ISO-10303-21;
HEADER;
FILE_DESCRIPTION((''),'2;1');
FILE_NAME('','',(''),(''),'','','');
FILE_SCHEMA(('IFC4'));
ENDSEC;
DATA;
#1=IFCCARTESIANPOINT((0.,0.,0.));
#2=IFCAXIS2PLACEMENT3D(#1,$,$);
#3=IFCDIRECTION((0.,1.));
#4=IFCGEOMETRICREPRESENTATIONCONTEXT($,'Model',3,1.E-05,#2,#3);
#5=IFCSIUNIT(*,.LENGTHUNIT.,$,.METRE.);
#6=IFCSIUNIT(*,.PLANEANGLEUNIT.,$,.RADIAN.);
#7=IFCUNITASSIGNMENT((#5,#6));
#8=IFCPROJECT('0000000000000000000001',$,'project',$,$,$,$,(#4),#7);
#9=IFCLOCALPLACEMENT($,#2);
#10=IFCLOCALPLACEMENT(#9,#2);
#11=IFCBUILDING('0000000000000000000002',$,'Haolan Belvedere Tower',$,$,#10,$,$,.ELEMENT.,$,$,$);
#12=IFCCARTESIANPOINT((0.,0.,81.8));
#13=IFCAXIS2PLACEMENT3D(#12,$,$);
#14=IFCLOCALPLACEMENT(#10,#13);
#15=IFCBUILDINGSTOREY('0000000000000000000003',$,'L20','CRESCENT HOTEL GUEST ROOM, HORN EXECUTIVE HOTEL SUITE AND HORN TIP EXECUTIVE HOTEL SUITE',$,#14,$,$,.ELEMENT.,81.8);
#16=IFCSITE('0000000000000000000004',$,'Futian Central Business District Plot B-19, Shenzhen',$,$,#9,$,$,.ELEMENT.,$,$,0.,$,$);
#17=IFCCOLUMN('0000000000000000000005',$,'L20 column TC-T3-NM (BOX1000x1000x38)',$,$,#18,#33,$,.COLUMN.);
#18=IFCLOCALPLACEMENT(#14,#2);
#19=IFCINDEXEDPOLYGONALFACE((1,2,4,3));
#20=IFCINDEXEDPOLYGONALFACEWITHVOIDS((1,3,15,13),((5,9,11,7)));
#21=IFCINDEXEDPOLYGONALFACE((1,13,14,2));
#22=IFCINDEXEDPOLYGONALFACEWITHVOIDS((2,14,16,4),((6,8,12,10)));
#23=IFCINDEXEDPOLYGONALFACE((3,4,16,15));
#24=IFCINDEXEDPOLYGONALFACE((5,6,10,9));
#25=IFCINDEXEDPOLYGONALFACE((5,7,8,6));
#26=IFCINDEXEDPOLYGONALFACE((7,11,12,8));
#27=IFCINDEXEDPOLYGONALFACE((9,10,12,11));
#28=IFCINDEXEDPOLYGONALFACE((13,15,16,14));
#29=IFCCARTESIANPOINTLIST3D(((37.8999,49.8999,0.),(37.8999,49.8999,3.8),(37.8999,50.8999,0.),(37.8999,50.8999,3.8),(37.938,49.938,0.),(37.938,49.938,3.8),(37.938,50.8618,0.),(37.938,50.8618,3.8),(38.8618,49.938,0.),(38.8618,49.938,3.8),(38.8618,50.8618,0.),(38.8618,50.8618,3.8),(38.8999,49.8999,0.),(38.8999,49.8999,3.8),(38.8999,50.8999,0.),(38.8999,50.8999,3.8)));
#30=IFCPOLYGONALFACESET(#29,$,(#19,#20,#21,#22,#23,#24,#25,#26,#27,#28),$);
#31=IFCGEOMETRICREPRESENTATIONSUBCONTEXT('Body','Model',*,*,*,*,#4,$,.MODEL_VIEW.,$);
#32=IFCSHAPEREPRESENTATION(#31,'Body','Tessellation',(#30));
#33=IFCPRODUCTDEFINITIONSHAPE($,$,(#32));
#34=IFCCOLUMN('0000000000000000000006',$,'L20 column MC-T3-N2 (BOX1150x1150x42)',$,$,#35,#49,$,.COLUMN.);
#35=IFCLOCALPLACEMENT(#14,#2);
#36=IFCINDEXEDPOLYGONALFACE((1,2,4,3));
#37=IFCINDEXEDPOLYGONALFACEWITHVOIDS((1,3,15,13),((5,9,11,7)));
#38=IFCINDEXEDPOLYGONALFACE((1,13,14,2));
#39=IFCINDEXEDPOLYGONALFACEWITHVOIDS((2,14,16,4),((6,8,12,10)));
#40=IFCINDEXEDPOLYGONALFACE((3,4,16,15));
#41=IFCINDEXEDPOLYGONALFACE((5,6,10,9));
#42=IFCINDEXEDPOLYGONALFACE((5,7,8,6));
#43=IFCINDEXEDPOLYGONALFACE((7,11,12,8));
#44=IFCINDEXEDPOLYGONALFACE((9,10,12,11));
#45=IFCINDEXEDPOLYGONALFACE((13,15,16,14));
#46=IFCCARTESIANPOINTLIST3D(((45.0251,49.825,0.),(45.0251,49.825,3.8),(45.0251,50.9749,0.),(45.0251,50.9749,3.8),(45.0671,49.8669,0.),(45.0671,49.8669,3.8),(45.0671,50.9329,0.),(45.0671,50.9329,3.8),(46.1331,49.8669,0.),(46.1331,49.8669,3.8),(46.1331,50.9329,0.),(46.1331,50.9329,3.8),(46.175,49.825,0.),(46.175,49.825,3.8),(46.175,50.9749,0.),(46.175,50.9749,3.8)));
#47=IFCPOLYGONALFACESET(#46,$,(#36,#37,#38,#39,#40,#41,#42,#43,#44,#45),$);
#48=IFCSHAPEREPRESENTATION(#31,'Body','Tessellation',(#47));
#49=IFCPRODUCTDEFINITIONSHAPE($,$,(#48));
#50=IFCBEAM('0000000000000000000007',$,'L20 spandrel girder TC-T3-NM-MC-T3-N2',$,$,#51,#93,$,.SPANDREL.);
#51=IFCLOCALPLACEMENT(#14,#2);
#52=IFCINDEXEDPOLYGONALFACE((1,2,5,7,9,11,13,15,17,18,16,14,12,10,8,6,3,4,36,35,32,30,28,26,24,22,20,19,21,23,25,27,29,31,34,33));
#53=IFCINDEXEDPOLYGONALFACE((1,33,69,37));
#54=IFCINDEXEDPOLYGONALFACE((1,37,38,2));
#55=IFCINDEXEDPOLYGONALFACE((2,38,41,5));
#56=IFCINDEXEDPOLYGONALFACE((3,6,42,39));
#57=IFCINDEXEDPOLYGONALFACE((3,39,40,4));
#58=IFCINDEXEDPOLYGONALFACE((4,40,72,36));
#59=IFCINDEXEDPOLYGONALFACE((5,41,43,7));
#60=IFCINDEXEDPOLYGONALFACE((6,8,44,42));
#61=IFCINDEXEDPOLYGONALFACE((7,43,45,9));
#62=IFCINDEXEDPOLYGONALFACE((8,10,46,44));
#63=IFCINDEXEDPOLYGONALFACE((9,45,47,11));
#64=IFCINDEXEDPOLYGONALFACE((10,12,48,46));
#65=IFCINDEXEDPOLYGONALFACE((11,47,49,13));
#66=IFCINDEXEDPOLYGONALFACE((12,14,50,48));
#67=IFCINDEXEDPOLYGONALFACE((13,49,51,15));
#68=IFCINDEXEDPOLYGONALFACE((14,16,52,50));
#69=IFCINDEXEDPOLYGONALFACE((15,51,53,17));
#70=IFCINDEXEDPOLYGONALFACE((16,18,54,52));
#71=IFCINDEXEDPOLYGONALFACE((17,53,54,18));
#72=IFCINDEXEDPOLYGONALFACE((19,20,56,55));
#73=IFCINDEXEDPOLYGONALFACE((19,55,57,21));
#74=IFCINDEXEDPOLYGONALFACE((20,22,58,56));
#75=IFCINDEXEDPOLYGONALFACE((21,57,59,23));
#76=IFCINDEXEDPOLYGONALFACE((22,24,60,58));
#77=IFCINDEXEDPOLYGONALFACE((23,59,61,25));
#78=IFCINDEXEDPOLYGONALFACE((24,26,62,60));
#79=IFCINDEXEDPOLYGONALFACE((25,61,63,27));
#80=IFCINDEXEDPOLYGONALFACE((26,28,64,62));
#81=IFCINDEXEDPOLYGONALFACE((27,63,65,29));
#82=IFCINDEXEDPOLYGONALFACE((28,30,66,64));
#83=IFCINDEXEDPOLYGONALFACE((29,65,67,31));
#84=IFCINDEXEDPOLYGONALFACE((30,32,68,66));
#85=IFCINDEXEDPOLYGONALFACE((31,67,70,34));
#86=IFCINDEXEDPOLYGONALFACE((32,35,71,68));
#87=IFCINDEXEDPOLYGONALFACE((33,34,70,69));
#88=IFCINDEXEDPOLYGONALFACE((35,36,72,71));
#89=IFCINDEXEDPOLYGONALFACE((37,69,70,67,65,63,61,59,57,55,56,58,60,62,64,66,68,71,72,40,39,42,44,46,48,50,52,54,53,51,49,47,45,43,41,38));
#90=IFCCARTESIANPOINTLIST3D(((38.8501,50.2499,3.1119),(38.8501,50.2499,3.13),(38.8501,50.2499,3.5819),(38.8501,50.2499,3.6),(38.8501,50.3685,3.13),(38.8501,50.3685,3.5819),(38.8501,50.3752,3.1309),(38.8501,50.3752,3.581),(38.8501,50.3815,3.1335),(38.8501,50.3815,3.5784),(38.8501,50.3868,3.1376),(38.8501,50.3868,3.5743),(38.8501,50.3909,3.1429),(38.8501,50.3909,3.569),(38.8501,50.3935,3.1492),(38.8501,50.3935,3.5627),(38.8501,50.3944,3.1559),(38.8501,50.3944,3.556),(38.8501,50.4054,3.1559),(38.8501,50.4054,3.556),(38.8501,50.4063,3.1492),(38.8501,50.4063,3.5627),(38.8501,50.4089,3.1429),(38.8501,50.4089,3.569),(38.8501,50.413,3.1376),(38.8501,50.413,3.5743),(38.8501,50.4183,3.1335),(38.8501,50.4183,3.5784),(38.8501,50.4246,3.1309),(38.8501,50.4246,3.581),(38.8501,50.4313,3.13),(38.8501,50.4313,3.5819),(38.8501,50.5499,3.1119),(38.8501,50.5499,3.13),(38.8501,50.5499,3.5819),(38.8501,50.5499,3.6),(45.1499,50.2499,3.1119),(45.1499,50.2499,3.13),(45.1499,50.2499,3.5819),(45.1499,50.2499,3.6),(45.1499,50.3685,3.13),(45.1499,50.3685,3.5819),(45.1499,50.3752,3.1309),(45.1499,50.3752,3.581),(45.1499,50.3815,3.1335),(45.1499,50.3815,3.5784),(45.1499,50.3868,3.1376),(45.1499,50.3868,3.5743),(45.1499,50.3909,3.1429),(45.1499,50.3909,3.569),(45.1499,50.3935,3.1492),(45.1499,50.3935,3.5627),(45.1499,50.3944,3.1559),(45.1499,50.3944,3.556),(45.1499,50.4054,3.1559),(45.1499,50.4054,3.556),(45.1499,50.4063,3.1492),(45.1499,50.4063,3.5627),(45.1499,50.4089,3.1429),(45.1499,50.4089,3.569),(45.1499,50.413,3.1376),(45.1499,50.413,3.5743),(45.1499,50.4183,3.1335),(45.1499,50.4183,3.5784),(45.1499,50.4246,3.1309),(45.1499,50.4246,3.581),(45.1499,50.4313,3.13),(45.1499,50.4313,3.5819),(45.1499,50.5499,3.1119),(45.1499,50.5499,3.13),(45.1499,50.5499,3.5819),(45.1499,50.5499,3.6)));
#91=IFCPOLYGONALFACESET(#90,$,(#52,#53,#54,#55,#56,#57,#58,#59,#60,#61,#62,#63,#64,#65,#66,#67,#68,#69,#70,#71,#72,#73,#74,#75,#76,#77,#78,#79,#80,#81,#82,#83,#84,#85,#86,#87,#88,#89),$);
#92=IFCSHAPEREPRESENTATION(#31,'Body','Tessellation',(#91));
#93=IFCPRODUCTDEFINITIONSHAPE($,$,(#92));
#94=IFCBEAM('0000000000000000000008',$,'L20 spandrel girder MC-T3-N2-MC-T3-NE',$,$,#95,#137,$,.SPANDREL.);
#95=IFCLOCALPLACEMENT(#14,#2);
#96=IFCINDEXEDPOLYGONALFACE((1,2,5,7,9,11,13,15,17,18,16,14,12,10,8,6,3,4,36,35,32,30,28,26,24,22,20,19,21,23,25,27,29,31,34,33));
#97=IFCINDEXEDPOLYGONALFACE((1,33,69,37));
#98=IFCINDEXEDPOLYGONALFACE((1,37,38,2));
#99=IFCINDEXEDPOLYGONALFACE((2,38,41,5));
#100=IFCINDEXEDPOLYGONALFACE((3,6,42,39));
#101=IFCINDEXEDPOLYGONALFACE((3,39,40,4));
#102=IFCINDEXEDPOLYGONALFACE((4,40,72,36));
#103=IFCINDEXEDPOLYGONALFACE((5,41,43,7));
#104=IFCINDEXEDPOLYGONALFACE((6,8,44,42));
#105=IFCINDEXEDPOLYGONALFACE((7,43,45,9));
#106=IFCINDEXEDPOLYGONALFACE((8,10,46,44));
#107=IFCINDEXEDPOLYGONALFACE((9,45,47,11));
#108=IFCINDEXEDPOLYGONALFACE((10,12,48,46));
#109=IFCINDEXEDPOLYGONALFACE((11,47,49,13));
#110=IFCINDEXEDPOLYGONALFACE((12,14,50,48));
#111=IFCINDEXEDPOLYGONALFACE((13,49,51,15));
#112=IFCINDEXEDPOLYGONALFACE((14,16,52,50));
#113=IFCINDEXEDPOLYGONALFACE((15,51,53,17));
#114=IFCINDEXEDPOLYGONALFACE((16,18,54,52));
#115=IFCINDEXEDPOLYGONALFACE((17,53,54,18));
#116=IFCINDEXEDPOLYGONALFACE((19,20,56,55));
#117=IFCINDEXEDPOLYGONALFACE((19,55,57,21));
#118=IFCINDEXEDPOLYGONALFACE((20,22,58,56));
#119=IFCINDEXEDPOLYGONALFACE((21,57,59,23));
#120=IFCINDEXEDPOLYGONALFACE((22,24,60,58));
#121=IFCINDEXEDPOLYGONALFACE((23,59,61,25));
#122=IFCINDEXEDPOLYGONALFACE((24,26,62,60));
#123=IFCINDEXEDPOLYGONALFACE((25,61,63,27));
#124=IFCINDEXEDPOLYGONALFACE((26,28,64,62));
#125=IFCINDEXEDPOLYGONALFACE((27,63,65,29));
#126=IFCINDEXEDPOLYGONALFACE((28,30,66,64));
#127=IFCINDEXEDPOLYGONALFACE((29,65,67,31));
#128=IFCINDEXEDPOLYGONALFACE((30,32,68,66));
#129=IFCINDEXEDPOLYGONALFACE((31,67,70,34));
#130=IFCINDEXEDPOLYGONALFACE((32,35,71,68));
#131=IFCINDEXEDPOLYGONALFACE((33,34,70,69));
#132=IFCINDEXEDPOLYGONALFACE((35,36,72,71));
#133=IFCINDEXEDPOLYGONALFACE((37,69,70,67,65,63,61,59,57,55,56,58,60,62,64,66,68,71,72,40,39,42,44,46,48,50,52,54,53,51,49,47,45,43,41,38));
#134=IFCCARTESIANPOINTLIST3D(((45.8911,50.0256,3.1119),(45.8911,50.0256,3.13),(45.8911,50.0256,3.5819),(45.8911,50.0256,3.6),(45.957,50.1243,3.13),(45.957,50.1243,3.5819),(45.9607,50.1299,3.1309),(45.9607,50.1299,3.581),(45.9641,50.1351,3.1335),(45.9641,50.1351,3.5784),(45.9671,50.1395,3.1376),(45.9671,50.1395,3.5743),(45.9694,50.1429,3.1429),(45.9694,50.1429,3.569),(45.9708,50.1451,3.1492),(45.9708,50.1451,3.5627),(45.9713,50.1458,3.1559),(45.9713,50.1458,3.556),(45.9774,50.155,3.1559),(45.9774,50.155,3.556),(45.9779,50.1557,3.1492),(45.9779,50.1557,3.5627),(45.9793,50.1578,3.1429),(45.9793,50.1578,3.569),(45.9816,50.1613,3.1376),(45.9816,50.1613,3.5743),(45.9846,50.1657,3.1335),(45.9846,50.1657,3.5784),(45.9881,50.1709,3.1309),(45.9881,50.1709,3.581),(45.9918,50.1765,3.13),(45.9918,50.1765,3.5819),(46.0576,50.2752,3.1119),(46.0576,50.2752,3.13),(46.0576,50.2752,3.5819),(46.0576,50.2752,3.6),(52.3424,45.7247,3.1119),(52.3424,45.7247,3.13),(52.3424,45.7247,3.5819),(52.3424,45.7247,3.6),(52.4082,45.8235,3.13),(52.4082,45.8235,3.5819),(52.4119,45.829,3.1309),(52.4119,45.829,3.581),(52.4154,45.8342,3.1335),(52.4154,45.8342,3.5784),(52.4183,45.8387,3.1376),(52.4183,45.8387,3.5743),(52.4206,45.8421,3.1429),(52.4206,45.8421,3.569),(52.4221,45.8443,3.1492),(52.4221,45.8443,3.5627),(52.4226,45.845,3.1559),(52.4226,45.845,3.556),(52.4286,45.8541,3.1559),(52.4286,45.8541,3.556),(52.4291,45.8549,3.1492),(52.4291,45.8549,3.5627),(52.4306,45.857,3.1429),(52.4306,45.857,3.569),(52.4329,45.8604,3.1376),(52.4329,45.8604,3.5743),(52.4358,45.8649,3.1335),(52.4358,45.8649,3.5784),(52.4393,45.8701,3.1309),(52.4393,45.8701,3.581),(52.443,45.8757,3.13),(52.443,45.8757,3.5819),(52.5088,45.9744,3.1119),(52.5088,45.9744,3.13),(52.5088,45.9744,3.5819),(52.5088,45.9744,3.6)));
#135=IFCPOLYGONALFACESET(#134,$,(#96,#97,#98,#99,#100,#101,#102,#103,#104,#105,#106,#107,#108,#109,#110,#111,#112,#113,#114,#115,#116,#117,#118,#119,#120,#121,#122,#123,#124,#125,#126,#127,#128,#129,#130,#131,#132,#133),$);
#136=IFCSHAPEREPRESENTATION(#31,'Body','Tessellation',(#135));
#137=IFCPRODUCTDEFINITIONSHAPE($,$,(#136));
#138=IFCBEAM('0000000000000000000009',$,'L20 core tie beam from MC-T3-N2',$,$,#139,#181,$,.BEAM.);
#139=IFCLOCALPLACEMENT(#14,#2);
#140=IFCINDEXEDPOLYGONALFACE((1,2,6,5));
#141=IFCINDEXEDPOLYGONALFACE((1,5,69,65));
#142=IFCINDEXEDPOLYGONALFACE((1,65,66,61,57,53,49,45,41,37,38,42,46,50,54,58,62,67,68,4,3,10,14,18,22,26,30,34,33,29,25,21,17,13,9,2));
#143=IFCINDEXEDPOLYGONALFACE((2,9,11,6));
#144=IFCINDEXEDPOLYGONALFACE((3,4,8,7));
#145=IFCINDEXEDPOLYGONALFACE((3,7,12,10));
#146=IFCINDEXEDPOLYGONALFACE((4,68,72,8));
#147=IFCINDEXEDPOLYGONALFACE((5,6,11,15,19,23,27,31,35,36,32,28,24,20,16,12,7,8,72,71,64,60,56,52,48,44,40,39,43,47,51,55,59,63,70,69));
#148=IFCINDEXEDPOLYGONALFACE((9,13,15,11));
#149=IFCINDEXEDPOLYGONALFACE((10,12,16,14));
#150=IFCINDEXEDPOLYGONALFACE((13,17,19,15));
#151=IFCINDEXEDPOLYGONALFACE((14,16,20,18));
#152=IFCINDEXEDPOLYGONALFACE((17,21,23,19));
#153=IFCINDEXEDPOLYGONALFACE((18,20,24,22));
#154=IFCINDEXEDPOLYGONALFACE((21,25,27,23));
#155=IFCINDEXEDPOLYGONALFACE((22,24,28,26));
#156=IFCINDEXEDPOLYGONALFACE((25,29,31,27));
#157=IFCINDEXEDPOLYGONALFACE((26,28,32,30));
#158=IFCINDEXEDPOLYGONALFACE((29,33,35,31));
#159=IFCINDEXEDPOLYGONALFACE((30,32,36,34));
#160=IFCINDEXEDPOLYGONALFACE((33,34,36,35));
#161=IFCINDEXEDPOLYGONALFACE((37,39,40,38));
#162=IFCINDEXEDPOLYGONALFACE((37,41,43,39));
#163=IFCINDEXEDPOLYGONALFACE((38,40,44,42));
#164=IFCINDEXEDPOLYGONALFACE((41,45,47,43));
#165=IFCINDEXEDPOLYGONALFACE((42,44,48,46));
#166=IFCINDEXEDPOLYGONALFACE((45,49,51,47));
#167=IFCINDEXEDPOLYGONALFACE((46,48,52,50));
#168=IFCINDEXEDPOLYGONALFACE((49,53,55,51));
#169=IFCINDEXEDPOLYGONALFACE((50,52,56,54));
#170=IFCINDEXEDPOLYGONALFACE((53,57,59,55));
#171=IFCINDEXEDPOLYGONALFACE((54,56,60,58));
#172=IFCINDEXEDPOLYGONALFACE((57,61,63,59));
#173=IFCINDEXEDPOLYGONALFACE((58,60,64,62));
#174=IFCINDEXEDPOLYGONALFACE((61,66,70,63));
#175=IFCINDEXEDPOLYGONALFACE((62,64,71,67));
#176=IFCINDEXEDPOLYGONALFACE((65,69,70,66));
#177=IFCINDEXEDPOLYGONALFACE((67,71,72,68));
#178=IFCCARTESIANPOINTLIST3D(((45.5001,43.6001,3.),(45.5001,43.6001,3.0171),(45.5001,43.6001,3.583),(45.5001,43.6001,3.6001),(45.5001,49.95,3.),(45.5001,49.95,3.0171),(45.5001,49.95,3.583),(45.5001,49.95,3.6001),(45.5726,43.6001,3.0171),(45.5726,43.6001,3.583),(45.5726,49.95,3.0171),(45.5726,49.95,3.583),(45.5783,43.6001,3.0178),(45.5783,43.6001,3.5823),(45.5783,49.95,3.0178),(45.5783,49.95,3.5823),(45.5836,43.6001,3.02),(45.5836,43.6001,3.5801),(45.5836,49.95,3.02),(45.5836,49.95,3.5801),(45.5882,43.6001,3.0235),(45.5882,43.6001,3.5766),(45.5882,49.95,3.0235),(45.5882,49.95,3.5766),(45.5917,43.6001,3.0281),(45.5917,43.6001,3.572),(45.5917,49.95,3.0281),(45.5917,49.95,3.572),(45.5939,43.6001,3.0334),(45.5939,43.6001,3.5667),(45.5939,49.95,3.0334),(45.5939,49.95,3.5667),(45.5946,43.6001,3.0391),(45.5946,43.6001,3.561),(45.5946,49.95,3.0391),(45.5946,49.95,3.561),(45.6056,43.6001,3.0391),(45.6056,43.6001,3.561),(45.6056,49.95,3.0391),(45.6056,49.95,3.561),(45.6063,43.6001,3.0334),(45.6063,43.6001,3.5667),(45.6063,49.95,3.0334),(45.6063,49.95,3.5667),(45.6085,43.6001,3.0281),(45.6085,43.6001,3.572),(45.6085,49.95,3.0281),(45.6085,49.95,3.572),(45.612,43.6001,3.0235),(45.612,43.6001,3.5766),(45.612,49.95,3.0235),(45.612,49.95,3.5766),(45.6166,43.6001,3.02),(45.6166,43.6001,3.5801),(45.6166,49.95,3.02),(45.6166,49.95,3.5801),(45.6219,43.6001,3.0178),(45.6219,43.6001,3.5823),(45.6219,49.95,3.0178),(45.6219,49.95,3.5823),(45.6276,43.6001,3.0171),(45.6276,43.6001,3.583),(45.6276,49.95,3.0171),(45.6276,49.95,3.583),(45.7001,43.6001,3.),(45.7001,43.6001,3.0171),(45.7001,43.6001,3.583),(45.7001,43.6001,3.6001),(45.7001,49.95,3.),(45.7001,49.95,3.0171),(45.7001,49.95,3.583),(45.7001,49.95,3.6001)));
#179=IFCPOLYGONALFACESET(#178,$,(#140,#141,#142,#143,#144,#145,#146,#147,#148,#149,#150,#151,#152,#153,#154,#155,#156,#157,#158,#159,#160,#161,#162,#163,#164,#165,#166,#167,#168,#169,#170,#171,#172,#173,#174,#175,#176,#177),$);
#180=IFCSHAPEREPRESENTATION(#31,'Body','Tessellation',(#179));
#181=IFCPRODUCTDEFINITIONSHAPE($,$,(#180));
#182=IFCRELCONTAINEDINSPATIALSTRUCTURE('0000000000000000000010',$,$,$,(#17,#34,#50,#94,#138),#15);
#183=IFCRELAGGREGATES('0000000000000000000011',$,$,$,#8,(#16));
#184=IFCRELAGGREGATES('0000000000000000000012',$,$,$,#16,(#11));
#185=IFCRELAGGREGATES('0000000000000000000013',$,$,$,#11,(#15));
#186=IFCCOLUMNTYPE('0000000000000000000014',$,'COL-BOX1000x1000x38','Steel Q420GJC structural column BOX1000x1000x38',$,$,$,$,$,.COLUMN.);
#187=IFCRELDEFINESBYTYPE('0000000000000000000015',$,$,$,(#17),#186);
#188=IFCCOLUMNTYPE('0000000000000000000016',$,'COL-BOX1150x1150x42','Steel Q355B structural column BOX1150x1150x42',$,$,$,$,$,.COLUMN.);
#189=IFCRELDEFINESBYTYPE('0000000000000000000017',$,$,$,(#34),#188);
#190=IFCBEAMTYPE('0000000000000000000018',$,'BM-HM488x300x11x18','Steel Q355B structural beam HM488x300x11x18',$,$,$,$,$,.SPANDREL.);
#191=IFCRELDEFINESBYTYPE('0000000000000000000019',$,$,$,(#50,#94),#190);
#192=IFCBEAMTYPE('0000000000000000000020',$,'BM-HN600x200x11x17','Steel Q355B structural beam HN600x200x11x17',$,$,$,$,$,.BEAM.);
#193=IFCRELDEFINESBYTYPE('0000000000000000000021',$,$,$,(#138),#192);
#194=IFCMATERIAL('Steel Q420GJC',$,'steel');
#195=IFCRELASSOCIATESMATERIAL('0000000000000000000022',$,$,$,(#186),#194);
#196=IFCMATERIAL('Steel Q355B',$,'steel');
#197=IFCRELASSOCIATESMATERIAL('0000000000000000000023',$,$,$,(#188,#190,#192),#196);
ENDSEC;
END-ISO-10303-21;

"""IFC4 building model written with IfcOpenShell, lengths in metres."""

from ifc_helpers import new_model, si_unit, direction, frame, origin, origin_2d, place, context, subcontext, project, spatial, hollow_rectangle, i_section, extrude, material, material_profile, profile_set, type_object, element, save


model = new_model("IFC4")

# Units and contexts
model_context = context("Model", 3, precision=1e-05, world=origin(), true_north=direction((0.0, 1.0)))
body_context = subcontext(model_context, "Body", "Model", "MODEL_VIEW")
ifc_project = project(units=[si_unit("LENGTHUNIT", "METRE"), si_unit("PLANEANGLEUNIT", "RADIAN")], contexts=[model_context])

# Site, building, storey
site_placement = place(None, origin())
site = spatial("IfcSite", under=ifc_project, at=site_placement, Name="Futian Central Business District Plot B-19, Shenzhen", CompositionType="ELEMENT", RefElevation=0.0)
building_placement = place(site_placement, origin())
building = spatial("IfcBuilding", under=site, at=building_placement, Name="Haolan Belvedere Tower", CompositionType="ELEMENT")
storey_placement = place(building_placement, frame((0.0, 0.0, 81.8)))
storey = spatial("IfcBuildingStorey", under=building, at=storey_placement, Name="L20", Description="CRESCENT HOTEL GUEST ROOM, HORN EXECUTIVE HOTEL SUITE AND HORN TIP EXECUTIVE HOTEL SUITE", CompositionType="ELEMENT", Elevation=81.8)

# Columns
ifc_material_1 = material(Name="Steel Q420GJC", Category="steel")
ifc_material_profile_1 = material_profile(ifc_material_1, hollow_rectangle(XDim=1.0, YDim=1.0, WallThickness=0.0381, at=origin_2d()), Name="Steel Q420GJC")
ifc_profile_set_1 = profile_set([ifc_material_profile_1], Name="Steel Q420GJC")
column_type_1 = type_object("IfcColumnType", Name="COL-BOX1000x1000x38", Description="Steel Q420GJC structural column BOX1000x1000x38", PredefinedType="COLUMN", material=ifc_profile_set_1)
column_1_placement = place(storey_placement, frame((38.3999, 50.3999, 0.0), z_axis=(0.0, 0.0, 1.0), x_axis=(1.0, 0.0, 0.0)))
element("IfcColumn", 1, at=column_1_placement, inside=storey, type_object=column_type_1, Name="L20 column TC-T3-NM (BOX1000x1000x38)", PredefinedType="COLUMN", context=body_context, shape_type="SweptSolid", body=[
    extrude(hollow_rectangle(XDim=1.0, YDim=1.0, WallThickness=0.0381, at=origin_2d()), origin(), (0.0, 0.0, 1.0), 3.8),
])
ifc_material_2 = material(Name="Steel Q355B", Category="steel")
ifc_material_profile_2 = material_profile(ifc_material_2, hollow_rectangle(XDim=1.1499, YDim=1.1499, WallThickness=0.042, at=origin_2d()), Name="Steel Q355B")
ifc_profile_set_2 = profile_set([ifc_material_profile_2], Name="Steel Q355B")
column_type_2 = type_object("IfcColumnType", Name="COL-BOX1150x1150x42", Description="Steel Q355B structural column BOX1150x1150x42", PredefinedType="COLUMN", material=ifc_profile_set_2)
column_2_placement = place(storey_placement, frame((45.6001, 50.3999, 0.0), z_axis=(0.0, 0.0, 1.0), x_axis=(1.0, 0.0, 0.0)))
element("IfcColumn", 2, at=column_2_placement, inside=storey, type_object=column_type_2, Name="L20 column MC-T3-N2 (BOX1150x1150x42)", PredefinedType="COLUMN", context=body_context, shape_type="SweptSolid", body=[
    extrude(hollow_rectangle(XDim=1.1499, YDim=1.1499, WallThickness=0.042, at=origin_2d()), origin(), (0.0, 0.0, 1.0), 3.8),
])

# Beams
ifc_material_profile_3 = material_profile(ifc_material_2, i_section(OverallWidth=0.3, OverallDepth=0.488, WebThickness=0.011, FlangeThickness=0.0181, FilletRadius=0.0259, at=origin_2d()), Name="Steel Q355B")
ifc_profile_set_3 = profile_set([ifc_material_profile_3], Name="Steel Q355B")
beam_type_1 = type_object("IfcBeamType", Name="BM-HM488x300x11x18", Description="Steel Q355B structural beam HM488x300x11x18", PredefinedType="SPANDREL", material=ifc_profile_set_3)
beam_1_placement = place(storey_placement, frame((38.8501, 50.3999, 3.356), z_axis=(1.0, 0.0, 0.0), x_axis=(0.0, 1.0, 0.0)))
element("IfcBeam", 3, at=beam_1_placement, inside=storey, type_object=beam_type_1, Name="L20 spandrel girder TC-T3-NM-MC-T3-N2", PredefinedType="SPANDREL", context=body_context, shape_type="SweptSolid", body=[
    extrude(i_section(OverallWidth=0.3, OverallDepth=0.488, WebThickness=0.011, FlangeThickness=0.0181, FilletRadius=0.0259, at=origin_2d()), origin(), (0.0, 0.0, 1.0), 6.2998),
])
beam_2_placement = place(storey_placement, frame((45.9744, 50.1504, 3.356), z_axis=(0.83205, -0.5547, 0.0), x_axis=(0.5547, 0.83205, 0.0)))
element("IfcBeam", 4, at=beam_2_placement, inside=storey, type_object=beam_type_1, Name="L20 spandrel girder MC-T3-N2-MC-T3-NE", PredefinedType="SPANDREL", context=body_context, shape_type="SweptSolid", body=[
    extrude(i_section(OverallWidth=0.3, OverallDepth=0.488, WebThickness=0.011, FlangeThickness=0.0181, FilletRadius=0.0259, at=origin_2d()), origin(), (0.0, 0.0, 1.0), 7.7534),
])
ifc_material_profile_4 = material_profile(ifc_material_2, i_section(OverallWidth=0.2, OverallDepth=0.6001, WebThickness=0.011, FlangeThickness=0.0171, FilletRadius=0.022, at=origin_2d()), Name="Steel Q355B")
ifc_profile_set_4 = profile_set([ifc_material_profile_4], Name="Steel Q355B")
beam_type_2 = type_object("IfcBeamType", Name="BM-HN600x200x11x17", Description="Steel Q355B structural beam HN600x200x11x17", PredefinedType="BEAM", material=ifc_profile_set_4)
beam_3_placement = place(storey_placement, frame((45.6001, 49.95, 3.3), z_axis=(0.0, -1.0, 0.0), x_axis=(1.0, 0.0, 0.0)))
element("IfcBeam", 5, at=beam_3_placement, inside=storey, type_object=beam_type_2, Name="L20 core tie beam from MC-T3-N2", PredefinedType="BEAM", context=body_context, shape_type="SweptSolid", body=[
    extrude(i_section(OverallWidth=0.2, OverallDepth=0.6001, WebThickness=0.011, FlangeThickness=0.0171, FilletRadius=0.022, at=origin_2d()), origin(), (0.0, 0.0, 1.0), 6.3499),
])

save(model, "model.ifc")
